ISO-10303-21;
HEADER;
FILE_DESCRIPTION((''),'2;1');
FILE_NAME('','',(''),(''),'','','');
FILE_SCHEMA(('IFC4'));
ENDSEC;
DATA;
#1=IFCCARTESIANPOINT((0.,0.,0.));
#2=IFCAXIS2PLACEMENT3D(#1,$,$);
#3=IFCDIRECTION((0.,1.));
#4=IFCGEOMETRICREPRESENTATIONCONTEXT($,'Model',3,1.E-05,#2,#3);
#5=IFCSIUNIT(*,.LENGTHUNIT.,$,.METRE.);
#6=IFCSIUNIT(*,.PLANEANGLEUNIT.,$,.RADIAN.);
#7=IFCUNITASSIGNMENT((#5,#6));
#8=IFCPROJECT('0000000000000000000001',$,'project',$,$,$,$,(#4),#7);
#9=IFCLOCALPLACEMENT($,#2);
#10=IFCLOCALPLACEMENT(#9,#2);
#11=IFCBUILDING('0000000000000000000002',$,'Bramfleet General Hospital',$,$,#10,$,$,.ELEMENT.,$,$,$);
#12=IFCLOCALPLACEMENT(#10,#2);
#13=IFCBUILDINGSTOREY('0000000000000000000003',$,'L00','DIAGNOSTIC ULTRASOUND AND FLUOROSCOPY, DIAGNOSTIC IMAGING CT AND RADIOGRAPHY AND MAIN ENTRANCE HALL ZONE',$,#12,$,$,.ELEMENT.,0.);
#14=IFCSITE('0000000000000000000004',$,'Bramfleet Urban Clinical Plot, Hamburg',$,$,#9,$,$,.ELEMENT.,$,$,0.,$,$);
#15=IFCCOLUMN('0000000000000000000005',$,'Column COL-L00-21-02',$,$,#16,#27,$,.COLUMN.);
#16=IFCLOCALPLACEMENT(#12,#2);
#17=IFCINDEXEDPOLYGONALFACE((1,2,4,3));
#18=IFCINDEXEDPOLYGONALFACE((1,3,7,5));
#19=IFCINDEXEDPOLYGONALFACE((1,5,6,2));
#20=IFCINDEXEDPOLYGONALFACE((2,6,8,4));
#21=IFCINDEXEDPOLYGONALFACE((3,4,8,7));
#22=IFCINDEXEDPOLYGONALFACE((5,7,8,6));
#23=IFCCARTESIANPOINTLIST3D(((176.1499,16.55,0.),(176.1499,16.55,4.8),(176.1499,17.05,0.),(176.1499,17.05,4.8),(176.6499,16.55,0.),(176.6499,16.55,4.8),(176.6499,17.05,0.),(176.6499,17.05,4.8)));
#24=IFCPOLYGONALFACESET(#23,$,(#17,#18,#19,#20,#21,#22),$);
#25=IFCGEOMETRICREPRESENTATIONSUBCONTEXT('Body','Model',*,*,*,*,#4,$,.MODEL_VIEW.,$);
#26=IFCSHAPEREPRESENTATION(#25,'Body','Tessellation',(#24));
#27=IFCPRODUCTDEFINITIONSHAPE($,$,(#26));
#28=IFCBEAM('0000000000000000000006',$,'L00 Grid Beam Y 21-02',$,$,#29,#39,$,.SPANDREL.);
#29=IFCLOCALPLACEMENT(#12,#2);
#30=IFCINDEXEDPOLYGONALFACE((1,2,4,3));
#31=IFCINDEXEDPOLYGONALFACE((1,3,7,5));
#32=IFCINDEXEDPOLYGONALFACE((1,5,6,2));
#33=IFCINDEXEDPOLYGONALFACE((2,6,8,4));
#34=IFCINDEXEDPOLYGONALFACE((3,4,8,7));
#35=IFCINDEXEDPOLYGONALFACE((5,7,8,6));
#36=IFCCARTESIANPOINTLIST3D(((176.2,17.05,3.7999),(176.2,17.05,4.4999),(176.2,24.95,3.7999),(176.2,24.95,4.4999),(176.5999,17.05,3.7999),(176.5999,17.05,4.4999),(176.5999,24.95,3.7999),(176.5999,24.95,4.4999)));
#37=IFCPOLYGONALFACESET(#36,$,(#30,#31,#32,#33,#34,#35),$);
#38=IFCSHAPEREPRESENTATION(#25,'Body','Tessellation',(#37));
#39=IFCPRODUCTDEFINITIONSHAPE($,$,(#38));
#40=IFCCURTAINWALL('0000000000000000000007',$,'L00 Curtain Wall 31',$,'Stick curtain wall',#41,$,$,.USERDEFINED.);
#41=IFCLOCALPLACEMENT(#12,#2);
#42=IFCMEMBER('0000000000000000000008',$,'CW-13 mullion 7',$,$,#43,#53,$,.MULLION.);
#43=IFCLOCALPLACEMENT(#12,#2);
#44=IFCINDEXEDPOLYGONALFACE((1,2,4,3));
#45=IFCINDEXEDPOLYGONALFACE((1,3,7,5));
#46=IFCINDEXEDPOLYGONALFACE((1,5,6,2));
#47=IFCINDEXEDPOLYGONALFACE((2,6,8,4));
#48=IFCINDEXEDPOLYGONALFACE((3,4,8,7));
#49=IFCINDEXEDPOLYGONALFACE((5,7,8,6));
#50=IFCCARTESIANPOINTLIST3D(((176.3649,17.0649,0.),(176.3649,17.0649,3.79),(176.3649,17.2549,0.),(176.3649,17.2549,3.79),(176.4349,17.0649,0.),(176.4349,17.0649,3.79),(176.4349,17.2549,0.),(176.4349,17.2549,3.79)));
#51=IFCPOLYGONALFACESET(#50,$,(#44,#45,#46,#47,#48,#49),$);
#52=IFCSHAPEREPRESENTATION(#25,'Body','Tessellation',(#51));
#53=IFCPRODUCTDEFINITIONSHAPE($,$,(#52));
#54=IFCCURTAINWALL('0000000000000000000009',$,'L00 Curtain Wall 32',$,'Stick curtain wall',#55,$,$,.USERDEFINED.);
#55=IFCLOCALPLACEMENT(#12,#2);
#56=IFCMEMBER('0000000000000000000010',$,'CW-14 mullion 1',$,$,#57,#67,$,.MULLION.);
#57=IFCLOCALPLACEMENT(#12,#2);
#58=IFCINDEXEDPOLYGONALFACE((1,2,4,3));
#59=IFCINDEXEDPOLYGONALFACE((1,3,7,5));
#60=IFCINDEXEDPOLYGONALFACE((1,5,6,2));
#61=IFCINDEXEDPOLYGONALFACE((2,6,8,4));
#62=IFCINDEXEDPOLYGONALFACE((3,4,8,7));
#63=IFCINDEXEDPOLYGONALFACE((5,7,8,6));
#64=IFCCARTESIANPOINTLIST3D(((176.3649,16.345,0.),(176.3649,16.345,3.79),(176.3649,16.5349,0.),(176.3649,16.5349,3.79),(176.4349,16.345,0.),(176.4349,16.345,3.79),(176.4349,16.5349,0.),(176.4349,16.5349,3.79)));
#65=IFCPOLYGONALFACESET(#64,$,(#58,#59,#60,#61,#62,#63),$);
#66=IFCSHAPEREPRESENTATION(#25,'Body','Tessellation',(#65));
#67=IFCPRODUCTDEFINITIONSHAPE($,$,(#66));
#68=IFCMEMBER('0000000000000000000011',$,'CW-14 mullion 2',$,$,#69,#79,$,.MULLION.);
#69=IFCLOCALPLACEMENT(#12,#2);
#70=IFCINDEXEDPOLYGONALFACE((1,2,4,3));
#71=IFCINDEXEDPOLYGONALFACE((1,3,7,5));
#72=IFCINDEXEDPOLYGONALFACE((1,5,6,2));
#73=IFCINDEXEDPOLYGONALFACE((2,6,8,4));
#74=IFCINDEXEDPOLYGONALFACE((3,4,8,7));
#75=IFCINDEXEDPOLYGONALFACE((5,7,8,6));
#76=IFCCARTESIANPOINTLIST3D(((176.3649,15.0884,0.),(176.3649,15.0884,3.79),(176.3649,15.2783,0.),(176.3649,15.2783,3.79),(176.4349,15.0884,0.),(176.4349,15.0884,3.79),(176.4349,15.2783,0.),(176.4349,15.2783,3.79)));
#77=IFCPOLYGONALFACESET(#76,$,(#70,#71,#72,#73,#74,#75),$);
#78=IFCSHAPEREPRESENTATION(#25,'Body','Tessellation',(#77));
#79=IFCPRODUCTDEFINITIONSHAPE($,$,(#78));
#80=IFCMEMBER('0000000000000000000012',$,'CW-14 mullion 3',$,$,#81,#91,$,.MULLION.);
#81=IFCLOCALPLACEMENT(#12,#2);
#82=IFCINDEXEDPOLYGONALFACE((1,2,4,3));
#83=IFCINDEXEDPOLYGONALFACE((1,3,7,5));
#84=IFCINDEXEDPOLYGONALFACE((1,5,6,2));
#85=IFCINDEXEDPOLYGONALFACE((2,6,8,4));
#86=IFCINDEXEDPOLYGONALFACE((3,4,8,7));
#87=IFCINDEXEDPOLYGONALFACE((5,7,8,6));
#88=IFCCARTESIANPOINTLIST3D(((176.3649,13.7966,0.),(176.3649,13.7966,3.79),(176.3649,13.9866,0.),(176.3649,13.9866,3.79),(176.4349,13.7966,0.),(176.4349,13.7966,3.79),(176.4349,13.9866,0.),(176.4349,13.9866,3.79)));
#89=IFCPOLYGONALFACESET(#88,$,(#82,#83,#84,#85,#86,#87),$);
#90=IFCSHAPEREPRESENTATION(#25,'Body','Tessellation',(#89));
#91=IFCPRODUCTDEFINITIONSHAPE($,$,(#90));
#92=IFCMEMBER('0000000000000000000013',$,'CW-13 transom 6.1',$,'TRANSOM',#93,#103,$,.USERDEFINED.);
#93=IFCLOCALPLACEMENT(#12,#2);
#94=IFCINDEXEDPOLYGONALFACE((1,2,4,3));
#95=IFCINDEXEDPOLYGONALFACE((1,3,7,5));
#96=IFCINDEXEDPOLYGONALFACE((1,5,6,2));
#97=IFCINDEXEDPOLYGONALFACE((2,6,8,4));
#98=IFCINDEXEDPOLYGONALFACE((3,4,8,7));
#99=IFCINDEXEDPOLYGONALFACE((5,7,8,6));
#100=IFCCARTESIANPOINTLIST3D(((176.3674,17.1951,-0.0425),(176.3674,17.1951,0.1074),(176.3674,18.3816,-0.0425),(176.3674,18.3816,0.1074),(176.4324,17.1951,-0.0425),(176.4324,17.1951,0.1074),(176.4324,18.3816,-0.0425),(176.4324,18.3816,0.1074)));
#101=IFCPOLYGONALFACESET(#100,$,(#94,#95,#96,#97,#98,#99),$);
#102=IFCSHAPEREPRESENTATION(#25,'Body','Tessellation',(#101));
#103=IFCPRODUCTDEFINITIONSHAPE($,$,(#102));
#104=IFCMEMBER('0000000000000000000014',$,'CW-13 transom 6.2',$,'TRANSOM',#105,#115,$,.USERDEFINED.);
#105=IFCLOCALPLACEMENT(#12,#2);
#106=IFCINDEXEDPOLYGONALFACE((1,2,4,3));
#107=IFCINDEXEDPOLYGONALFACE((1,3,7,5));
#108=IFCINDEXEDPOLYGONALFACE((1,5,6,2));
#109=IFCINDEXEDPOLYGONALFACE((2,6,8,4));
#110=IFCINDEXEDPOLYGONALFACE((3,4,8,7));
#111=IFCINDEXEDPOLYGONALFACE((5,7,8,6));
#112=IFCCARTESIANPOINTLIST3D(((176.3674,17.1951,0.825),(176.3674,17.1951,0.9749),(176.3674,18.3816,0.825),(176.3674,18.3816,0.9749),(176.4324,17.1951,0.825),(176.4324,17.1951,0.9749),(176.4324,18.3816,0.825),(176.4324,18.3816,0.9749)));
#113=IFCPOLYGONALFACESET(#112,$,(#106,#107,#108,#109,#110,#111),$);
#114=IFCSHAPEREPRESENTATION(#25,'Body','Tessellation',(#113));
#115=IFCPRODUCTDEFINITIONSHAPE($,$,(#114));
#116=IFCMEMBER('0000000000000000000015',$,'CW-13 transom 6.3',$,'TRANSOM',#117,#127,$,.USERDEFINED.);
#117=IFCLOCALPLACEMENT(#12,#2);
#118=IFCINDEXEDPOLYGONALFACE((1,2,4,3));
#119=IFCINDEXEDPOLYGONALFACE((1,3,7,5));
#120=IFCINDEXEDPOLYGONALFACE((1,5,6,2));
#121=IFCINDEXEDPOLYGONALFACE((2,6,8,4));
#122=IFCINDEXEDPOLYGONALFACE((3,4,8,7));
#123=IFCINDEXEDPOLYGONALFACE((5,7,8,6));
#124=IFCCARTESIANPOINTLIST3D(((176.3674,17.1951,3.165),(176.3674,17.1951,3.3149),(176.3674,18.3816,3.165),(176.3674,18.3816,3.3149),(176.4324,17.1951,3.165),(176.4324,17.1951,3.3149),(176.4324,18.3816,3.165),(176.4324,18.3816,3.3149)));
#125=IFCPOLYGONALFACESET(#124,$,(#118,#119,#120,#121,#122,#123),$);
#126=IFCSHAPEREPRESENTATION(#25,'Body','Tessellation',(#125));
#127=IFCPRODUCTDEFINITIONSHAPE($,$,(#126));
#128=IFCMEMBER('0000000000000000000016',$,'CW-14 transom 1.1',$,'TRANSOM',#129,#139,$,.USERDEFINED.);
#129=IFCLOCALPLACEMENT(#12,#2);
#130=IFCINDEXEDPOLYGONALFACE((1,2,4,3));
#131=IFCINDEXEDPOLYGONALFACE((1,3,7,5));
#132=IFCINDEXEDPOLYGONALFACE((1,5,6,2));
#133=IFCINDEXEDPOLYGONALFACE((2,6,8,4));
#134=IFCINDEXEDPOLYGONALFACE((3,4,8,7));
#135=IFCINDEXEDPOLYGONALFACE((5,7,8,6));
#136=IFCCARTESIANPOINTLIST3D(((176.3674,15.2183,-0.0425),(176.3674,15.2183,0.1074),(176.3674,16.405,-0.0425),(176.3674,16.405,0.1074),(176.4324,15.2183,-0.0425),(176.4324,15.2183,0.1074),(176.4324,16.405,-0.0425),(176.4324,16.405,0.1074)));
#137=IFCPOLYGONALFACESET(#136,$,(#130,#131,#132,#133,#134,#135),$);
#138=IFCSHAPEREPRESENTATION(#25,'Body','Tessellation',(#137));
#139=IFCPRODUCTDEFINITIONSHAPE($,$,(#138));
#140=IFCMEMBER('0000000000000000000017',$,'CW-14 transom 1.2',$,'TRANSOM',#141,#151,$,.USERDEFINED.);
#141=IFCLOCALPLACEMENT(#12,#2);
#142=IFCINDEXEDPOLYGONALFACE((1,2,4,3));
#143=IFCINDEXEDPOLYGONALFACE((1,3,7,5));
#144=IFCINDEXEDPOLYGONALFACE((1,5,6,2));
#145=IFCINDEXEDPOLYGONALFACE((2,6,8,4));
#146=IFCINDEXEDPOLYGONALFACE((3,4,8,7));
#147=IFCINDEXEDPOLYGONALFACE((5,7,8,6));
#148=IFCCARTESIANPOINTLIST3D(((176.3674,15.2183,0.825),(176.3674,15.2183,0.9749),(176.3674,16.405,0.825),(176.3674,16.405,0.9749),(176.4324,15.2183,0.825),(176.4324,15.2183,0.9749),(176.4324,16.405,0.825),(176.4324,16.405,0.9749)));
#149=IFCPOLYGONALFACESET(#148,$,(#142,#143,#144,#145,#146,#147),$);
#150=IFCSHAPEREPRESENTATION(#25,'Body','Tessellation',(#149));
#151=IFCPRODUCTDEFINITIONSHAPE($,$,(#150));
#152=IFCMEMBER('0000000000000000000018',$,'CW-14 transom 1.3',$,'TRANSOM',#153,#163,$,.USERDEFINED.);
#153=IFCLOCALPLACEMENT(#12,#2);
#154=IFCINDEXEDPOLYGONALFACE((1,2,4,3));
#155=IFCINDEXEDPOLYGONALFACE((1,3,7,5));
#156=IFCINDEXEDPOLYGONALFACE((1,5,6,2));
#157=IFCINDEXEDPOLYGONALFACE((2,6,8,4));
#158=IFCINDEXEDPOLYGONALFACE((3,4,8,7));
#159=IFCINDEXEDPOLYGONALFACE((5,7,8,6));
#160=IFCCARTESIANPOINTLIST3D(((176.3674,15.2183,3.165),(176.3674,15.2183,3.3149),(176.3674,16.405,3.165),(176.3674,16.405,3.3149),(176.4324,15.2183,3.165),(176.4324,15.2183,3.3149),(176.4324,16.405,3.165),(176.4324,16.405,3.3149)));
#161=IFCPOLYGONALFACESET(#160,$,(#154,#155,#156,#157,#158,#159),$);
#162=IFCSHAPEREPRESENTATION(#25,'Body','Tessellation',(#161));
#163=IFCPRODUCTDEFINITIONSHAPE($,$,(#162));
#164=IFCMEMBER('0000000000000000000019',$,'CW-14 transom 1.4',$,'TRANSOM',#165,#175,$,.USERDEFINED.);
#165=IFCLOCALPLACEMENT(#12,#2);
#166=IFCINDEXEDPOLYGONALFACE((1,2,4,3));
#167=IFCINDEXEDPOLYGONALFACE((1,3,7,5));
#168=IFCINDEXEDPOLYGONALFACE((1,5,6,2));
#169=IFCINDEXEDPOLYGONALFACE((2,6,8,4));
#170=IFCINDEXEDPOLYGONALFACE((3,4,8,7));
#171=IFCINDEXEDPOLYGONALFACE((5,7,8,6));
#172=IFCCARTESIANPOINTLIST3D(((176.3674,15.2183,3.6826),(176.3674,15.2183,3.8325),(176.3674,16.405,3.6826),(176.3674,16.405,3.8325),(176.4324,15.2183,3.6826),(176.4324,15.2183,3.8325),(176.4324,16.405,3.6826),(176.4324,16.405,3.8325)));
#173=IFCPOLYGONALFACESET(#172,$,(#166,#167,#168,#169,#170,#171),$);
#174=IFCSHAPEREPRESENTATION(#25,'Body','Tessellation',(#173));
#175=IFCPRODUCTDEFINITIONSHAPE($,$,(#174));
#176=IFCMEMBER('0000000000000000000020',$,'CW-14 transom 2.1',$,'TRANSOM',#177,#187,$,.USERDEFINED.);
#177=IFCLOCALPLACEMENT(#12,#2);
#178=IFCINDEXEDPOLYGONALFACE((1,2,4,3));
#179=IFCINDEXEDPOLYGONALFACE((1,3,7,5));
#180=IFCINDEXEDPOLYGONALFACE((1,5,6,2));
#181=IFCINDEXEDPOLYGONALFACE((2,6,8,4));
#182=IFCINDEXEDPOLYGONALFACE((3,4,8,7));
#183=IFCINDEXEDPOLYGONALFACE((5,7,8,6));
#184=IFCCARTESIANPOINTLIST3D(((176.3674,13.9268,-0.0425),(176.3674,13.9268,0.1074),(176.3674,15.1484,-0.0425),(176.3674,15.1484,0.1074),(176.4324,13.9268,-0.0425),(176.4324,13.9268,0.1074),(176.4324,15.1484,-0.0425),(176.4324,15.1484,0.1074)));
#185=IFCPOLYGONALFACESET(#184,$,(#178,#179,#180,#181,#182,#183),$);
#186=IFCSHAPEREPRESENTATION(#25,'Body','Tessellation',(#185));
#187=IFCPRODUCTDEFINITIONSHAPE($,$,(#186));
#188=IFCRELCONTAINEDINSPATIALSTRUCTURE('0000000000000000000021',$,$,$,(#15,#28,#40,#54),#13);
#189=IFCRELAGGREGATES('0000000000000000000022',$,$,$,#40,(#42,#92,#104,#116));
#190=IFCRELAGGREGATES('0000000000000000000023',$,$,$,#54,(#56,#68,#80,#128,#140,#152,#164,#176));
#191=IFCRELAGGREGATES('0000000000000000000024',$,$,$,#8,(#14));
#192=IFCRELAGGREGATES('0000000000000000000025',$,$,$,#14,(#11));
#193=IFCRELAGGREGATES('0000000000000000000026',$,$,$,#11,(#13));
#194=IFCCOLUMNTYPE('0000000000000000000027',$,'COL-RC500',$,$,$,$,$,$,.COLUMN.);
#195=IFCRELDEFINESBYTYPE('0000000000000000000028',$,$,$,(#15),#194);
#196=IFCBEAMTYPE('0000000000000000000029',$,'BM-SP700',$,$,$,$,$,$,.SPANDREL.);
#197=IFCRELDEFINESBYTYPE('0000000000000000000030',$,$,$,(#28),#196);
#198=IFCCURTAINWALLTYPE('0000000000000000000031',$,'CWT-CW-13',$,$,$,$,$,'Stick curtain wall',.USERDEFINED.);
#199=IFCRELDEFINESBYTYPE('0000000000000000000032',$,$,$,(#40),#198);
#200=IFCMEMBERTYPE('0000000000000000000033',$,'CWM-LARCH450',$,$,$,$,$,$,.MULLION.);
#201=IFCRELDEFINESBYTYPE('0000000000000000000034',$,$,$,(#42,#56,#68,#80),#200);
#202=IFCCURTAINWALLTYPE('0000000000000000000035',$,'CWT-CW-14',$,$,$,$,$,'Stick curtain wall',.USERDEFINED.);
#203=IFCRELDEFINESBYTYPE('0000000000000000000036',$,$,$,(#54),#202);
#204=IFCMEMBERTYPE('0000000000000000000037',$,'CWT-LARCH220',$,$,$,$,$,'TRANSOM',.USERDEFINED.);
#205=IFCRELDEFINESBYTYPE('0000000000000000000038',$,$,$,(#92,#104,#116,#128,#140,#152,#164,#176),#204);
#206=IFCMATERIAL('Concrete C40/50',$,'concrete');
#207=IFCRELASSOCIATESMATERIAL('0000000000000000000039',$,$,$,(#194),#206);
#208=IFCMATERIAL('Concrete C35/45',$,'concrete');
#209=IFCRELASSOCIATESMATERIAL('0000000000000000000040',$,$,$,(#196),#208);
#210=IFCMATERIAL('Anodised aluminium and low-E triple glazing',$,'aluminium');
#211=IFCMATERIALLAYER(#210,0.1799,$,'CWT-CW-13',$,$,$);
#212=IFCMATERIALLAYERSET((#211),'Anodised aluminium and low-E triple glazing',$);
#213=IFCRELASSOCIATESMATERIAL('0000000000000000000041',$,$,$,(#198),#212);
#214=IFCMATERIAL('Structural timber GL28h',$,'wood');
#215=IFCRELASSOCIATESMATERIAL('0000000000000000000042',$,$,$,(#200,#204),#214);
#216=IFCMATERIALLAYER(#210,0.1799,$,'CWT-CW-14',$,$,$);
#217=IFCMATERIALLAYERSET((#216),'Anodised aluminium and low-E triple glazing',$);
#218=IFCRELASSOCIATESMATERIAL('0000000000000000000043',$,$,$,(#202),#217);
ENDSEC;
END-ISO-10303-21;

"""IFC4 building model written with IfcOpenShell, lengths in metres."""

from ifc_helpers import new_model, si_unit, direction, frame, origin, origin_2d, place, context, subcontext, project, spatial, rectangle, extrude, material, layer, layer_set, material_profile, profile_set, type_object, element, aggregate, save


model = new_model("IFC4")

# Units and contexts
model_context = context("Model", 3, precision=1e-05, world=origin(), true_north=direction((0.0, 1.0)))
body_context = subcontext(model_context, "Body", "Model", "MODEL_VIEW")
ifc_project = project(units=[si_unit("LENGTHUNIT", "METRE"), si_unit("PLANEANGLEUNIT", "RADIAN")], contexts=[model_context])

# Site, building, storey
site_placement = place(None, origin())
site = spatial("IfcSite", under=ifc_project, at=site_placement, Name="Bramfleet Urban Clinical Plot, Hamburg", CompositionType="ELEMENT", RefElevation=0.0)
building_placement = place(site_placement, origin())
building = spatial("IfcBuilding", under=site, at=building_placement, Name="Bramfleet General Hospital", CompositionType="ELEMENT")
storey_placement = place(building_placement, origin())
storey = spatial("IfcBuildingStorey", under=building, at=storey_placement, Name="L00", Description="DIAGNOSTIC ULTRASOUND AND FLUOROSCOPY, DIAGNOSTIC IMAGING CT AND RADIOGRAPHY AND MAIN ENTRANCE HALL ZONE", CompositionType="ELEMENT", Elevation=0.0)

# Column
ifc_material_1 = material(Name="Concrete C40/50", Category="concrete")
ifc_material_profile_1 = material_profile(ifc_material_1, rectangle(XDim=0.5, YDim=0.5, at=origin_2d()), Name="RC COL 500x500")
ifc_profile_set_1 = profile_set([ifc_material_profile_1], Name="Concrete C40/50")
column_type = type_object("IfcColumnType", Name="COL-RC500", PredefinedType="COLUMN", material=ifc_profile_set_1)
column_placement = place(storey_placement, frame((176.3999, 16.8, 0.0), z_axis=(0.0, 0.0, 1.0), x_axis=(1.0, 0.0, 0.0)))
element("IfcColumn", 1, at=column_placement, inside=storey, type_object=column_type, Name="Column COL-L00-21-02", PredefinedType="COLUMN", context=body_context, shape_type="SweptSolid", body=[
    extrude(rectangle(XDim=0.5, YDim=0.5, at=origin_2d()), origin(), (0.0, 0.0, 1.0), 4.8),
])

# Beam
ifc_material_2 = material(Name="Concrete C35/45", Category="concrete")
ifc_material_profile_2 = material_profile(ifc_material_2, rectangle(XDim=0.3999, YDim=0.7, at=origin_2d()), Name="RC SP 700x400")
ifc_profile_set_2 = profile_set([ifc_material_profile_2], Name="Concrete C35/45")
beam_type = type_object("IfcBeamType", Name="BM-SP700", PredefinedType="SPANDREL", material=ifc_profile_set_2)
beam_placement = place(storey_placement, frame((176.3999, 17.05, 4.1499), z_axis=(0.0, 1.0, 0.0), x_axis=(-1.0, 0.0, 0.0)))
element("IfcBeam", 2, at=beam_placement, inside=storey, type_object=beam_type, Name="L00 Grid Beam Y 21-02", PredefinedType="SPANDREL", context=body_context, shape_type="SweptSolid", body=[
    extrude(rectangle(XDim=0.3999, YDim=0.7, at=origin_2d()), origin(), (0.0, 0.0, 1.0), 7.8999),
])

# Curtain wall, member
ifc_material_3 = material(Name="Anodised aluminium and low-E triple glazing", Category="aluminium")
ifc_layer_1 = layer(ifc_material_3, 0.1799, Name="CWT-CW-13")
ifc_layer_set_1 = layer_set([ifc_layer_1], Name="Anodised aluminium and low-E triple glazing")
curtain_wall_type_1 = type_object("IfcCurtainWallType", Name="CWT-CW-13", ElementType="Stick curtain wall", PredefinedType="USERDEFINED", material=ifc_layer_set_1)
curtain_wall_1_placement = place(storey_placement, origin())
curtain_wall_1 = element("IfcCurtainWall", 3, at=curtain_wall_1_placement, inside=storey, type_object=curtain_wall_type_1, Name="L00 Curtain Wall 31", ObjectType="Stick curtain wall", PredefinedType="USERDEFINED")
ifc_material_4 = material(Name="Structural timber GL28h", Category="wood")
ifc_material_profile_3 = material_profile(ifc_material_4, rectangle(XDim=0.0701, YDim=0.1899, at=origin_2d()), Name="LARCH 190x70")
ifc_profile_set_3 = profile_set([ifc_material_profile_3], Name="Structural timber GL28h")
member_type_1 = type_object("IfcMemberType", Name="CWM-LARCH450", PredefinedType="MULLION", material=ifc_profile_set_3)
member_1_placement = place(storey_placement, frame((176.3999, 17.1599, 0.0), z_axis=(0.0, 0.0, 1.0), x_axis=(1.0, 0.0, 0.0)))
member_1 = element("IfcMember", 4, at=member_1_placement, type_object=member_type_1, Name="CW-13 mullion 7", PredefinedType="MULLION", context=body_context, shape_type="SweptSolid", body=[
    extrude(rectangle(XDim=0.0701, YDim=0.1899, at=origin_2d()), origin(), (0.0, 0.0, 1.0), 3.79),
])

# Curtain wall, members
ifc_layer_2 = layer(ifc_material_3, 0.1799, Name="CWT-CW-14")
ifc_layer_set_2 = layer_set([ifc_layer_2], Name="Anodised aluminium and low-E triple glazing")
curtain_wall_type_2 = type_object("IfcCurtainWallType", Name="CWT-CW-14", ElementType="Stick curtain wall", PredefinedType="USERDEFINED", material=ifc_layer_set_2)
curtain_wall_2_placement = place(storey_placement, origin())
curtain_wall_2 = element("IfcCurtainWall", 5, at=curtain_wall_2_placement, inside=storey, type_object=curtain_wall_type_2, Name="L00 Curtain Wall 32", ObjectType="Stick curtain wall", PredefinedType="USERDEFINED")
member_2_placement = place(storey_placement, frame((176.3999, 16.4399, 0.0), z_axis=(0.0, 0.0, 1.0), x_axis=(1.0, 0.0, 0.0)))
member_2 = element("IfcMember", 6, at=member_2_placement, type_object=member_type_1, Name="CW-14 mullion 1", PredefinedType="MULLION", context=body_context, shape_type="SweptSolid", body=[
    extrude(rectangle(XDim=0.0701, YDim=0.1899, at=origin_2d()), origin(), (0.0, 0.0, 1.0), 3.79),
])
member_3_placement = place(storey_placement, frame((176.3999, 15.1833, 0.0), z_axis=(0.0, 0.0, 1.0), x_axis=(1.0, 0.0, 0.0)))
member_3 = element("IfcMember", 7, at=member_3_placement, type_object=member_type_1, Name="CW-14 mullion 2", PredefinedType="MULLION", context=body_context, shape_type="SweptSolid", body=[
    extrude(rectangle(XDim=0.0701, YDim=0.1899, at=origin_2d()), origin(), (0.0, 0.0, 1.0), 3.79),
])
member_4_placement = place(storey_placement, frame((176.3999, 13.8916, 0.0), z_axis=(0.0, 0.0, 1.0), x_axis=(1.0, 0.0, 0.0)))
member_4 = element("IfcMember", 8, at=member_4_placement, type_object=member_type_1, Name="CW-14 mullion 3", PredefinedType="MULLION", context=body_context, shape_type="SweptSolid", body=[
    extrude(rectangle(XDim=0.0701, YDim=0.1899, at=origin_2d()), origin(), (0.0, 0.0, 1.0), 3.79),
])

# Members
ifc_material_profile_4 = material_profile(ifc_material_4, rectangle(XDim=0.0649, YDim=0.1499, at=origin_2d()), Name="LARCH 150x65")
ifc_profile_set_4 = profile_set([ifc_material_profile_4], Name="Structural timber GL28h")
member_type_2 = type_object("IfcMemberType", Name="CWT-LARCH220", ElementType="TRANSOM", PredefinedType="USERDEFINED", material=ifc_profile_set_4)
member_5_placement = place(storey_placement, frame((176.3999, 18.3816, 0.0325), z_axis=(0.0, -1.0, 0.0), x_axis=(1.0, 0.0, 0.0)))
member_5 = element("IfcMember", 9, at=member_5_placement, type_object=member_type_2, Name="CW-13 transom 6.1", ObjectType="TRANSOM", PredefinedType="USERDEFINED", context=body_context, shape_type="SweptSolid", body=[
    extrude(rectangle(XDim=0.0649, YDim=0.1499, at=origin_2d()), origin(), (0.0, 0.0, 1.0), 1.1865),
])
member_6_placement = place(storey_placement, frame((176.3999, 18.3816, 0.8999), z_axis=(0.0, -1.0, 0.0), x_axis=(1.0, 0.0, 0.0)))
member_6 = element("IfcMember", 10, at=member_6_placement, type_object=member_type_2, Name="CW-13 transom 6.2", ObjectType="TRANSOM", PredefinedType="USERDEFINED", context=body_context, shape_type="SweptSolid", body=[
    extrude(rectangle(XDim=0.0649, YDim=0.1499, at=origin_2d()), origin(), (0.0, 0.0, 1.0), 1.1865),
])
member_7_placement = place(storey_placement, frame((176.3999, 18.3816, 3.24), z_axis=(0.0, -1.0, 0.0), x_axis=(1.0, 0.0, 0.0)))
member_7 = element("IfcMember", 11, at=member_7_placement, type_object=member_type_2, Name="CW-13 transom 6.3", ObjectType="TRANSOM", PredefinedType="USERDEFINED", context=body_context, shape_type="SweptSolid", body=[
    extrude(rectangle(XDim=0.0649, YDim=0.1499, at=origin_2d()), origin(), (0.0, 0.0, 1.0), 1.1865),
])
member_8_placement = place(storey_placement, frame((176.3999, 16.405, 0.0325), z_axis=(0.0, -1.0, 0.0), x_axis=(1.0, 0.0, 0.0)))
member_8 = element("IfcMember", 12, at=member_8_placement, type_object=member_type_2, Name="CW-14 transom 1.1", ObjectType="TRANSOM", PredefinedType="USERDEFINED", context=body_context, shape_type="SweptSolid", body=[
    extrude(rectangle(XDim=0.0649, YDim=0.1499, at=origin_2d()), origin(), (0.0, 0.0, 1.0), 1.1868),
])
member_9_placement = place(storey_placement, frame((176.3999, 16.405, 0.8999), z_axis=(0.0, -1.0, 0.0), x_axis=(1.0, 0.0, 0.0)))
member_9 = element("IfcMember", 13, at=member_9_placement, type_object=member_type_2, Name="CW-14 transom 1.2", ObjectType="TRANSOM", PredefinedType="USERDEFINED", context=body_context, shape_type="SweptSolid", body=[
    extrude(rectangle(XDim=0.0649, YDim=0.1499, at=origin_2d()), origin(), (0.0, 0.0, 1.0), 1.1868),
])
member_10_placement = place(storey_placement, frame((176.3999, 16.405, 3.24), z_axis=(0.0, -1.0, 0.0), x_axis=(1.0, 0.0, 0.0)))
member_10 = element("IfcMember", 14, at=member_10_placement, type_object=member_type_2, Name="CW-14 transom 1.3", ObjectType="TRANSOM", PredefinedType="USERDEFINED", context=body_context, shape_type="SweptSolid", body=[
    extrude(rectangle(XDim=0.0649, YDim=0.1499, at=origin_2d()), origin(), (0.0, 0.0, 1.0), 1.1868),
])
member_11_placement = place(storey_placement, frame((176.3999, 16.405, 3.7576), z_axis=(0.0, -1.0, 0.0), x_axis=(1.0, 0.0, 0.0)))
member_11 = element("IfcMember", 15, at=member_11_placement, type_object=member_type_2, Name="CW-14 transom 1.4", ObjectType="TRANSOM", PredefinedType="USERDEFINED", context=body_context, shape_type="SweptSolid", body=[
    extrude(rectangle(XDim=0.0649, YDim=0.1499, at=origin_2d()), origin(), (0.0, 0.0, 1.0), 1.1868),
])
member_12_placement = place(storey_placement, frame((176.3999, 15.1484, 0.0325), z_axis=(0.0, -1.0, 0.0), x_axis=(1.0, 0.0, 0.0)))
member_12 = element("IfcMember", 16, at=member_12_placement, type_object=member_type_2, Name="CW-14 transom 2.1", ObjectType="TRANSOM", PredefinedType="USERDEFINED", context=body_context, shape_type="SweptSolid", body=[
    extrude(rectangle(XDim=0.0649, YDim=0.1499, at=origin_2d()), origin(), (0.0, 0.0, 1.0), 1.2217),
])

aggregate(curtain_wall_1, [member_1, member_5, member_6, member_7])
aggregate(curtain_wall_2, [member_2, member_3, member_4, member_8, member_9, member_10, member_11, member_12])

save(model, "model.ifc")
